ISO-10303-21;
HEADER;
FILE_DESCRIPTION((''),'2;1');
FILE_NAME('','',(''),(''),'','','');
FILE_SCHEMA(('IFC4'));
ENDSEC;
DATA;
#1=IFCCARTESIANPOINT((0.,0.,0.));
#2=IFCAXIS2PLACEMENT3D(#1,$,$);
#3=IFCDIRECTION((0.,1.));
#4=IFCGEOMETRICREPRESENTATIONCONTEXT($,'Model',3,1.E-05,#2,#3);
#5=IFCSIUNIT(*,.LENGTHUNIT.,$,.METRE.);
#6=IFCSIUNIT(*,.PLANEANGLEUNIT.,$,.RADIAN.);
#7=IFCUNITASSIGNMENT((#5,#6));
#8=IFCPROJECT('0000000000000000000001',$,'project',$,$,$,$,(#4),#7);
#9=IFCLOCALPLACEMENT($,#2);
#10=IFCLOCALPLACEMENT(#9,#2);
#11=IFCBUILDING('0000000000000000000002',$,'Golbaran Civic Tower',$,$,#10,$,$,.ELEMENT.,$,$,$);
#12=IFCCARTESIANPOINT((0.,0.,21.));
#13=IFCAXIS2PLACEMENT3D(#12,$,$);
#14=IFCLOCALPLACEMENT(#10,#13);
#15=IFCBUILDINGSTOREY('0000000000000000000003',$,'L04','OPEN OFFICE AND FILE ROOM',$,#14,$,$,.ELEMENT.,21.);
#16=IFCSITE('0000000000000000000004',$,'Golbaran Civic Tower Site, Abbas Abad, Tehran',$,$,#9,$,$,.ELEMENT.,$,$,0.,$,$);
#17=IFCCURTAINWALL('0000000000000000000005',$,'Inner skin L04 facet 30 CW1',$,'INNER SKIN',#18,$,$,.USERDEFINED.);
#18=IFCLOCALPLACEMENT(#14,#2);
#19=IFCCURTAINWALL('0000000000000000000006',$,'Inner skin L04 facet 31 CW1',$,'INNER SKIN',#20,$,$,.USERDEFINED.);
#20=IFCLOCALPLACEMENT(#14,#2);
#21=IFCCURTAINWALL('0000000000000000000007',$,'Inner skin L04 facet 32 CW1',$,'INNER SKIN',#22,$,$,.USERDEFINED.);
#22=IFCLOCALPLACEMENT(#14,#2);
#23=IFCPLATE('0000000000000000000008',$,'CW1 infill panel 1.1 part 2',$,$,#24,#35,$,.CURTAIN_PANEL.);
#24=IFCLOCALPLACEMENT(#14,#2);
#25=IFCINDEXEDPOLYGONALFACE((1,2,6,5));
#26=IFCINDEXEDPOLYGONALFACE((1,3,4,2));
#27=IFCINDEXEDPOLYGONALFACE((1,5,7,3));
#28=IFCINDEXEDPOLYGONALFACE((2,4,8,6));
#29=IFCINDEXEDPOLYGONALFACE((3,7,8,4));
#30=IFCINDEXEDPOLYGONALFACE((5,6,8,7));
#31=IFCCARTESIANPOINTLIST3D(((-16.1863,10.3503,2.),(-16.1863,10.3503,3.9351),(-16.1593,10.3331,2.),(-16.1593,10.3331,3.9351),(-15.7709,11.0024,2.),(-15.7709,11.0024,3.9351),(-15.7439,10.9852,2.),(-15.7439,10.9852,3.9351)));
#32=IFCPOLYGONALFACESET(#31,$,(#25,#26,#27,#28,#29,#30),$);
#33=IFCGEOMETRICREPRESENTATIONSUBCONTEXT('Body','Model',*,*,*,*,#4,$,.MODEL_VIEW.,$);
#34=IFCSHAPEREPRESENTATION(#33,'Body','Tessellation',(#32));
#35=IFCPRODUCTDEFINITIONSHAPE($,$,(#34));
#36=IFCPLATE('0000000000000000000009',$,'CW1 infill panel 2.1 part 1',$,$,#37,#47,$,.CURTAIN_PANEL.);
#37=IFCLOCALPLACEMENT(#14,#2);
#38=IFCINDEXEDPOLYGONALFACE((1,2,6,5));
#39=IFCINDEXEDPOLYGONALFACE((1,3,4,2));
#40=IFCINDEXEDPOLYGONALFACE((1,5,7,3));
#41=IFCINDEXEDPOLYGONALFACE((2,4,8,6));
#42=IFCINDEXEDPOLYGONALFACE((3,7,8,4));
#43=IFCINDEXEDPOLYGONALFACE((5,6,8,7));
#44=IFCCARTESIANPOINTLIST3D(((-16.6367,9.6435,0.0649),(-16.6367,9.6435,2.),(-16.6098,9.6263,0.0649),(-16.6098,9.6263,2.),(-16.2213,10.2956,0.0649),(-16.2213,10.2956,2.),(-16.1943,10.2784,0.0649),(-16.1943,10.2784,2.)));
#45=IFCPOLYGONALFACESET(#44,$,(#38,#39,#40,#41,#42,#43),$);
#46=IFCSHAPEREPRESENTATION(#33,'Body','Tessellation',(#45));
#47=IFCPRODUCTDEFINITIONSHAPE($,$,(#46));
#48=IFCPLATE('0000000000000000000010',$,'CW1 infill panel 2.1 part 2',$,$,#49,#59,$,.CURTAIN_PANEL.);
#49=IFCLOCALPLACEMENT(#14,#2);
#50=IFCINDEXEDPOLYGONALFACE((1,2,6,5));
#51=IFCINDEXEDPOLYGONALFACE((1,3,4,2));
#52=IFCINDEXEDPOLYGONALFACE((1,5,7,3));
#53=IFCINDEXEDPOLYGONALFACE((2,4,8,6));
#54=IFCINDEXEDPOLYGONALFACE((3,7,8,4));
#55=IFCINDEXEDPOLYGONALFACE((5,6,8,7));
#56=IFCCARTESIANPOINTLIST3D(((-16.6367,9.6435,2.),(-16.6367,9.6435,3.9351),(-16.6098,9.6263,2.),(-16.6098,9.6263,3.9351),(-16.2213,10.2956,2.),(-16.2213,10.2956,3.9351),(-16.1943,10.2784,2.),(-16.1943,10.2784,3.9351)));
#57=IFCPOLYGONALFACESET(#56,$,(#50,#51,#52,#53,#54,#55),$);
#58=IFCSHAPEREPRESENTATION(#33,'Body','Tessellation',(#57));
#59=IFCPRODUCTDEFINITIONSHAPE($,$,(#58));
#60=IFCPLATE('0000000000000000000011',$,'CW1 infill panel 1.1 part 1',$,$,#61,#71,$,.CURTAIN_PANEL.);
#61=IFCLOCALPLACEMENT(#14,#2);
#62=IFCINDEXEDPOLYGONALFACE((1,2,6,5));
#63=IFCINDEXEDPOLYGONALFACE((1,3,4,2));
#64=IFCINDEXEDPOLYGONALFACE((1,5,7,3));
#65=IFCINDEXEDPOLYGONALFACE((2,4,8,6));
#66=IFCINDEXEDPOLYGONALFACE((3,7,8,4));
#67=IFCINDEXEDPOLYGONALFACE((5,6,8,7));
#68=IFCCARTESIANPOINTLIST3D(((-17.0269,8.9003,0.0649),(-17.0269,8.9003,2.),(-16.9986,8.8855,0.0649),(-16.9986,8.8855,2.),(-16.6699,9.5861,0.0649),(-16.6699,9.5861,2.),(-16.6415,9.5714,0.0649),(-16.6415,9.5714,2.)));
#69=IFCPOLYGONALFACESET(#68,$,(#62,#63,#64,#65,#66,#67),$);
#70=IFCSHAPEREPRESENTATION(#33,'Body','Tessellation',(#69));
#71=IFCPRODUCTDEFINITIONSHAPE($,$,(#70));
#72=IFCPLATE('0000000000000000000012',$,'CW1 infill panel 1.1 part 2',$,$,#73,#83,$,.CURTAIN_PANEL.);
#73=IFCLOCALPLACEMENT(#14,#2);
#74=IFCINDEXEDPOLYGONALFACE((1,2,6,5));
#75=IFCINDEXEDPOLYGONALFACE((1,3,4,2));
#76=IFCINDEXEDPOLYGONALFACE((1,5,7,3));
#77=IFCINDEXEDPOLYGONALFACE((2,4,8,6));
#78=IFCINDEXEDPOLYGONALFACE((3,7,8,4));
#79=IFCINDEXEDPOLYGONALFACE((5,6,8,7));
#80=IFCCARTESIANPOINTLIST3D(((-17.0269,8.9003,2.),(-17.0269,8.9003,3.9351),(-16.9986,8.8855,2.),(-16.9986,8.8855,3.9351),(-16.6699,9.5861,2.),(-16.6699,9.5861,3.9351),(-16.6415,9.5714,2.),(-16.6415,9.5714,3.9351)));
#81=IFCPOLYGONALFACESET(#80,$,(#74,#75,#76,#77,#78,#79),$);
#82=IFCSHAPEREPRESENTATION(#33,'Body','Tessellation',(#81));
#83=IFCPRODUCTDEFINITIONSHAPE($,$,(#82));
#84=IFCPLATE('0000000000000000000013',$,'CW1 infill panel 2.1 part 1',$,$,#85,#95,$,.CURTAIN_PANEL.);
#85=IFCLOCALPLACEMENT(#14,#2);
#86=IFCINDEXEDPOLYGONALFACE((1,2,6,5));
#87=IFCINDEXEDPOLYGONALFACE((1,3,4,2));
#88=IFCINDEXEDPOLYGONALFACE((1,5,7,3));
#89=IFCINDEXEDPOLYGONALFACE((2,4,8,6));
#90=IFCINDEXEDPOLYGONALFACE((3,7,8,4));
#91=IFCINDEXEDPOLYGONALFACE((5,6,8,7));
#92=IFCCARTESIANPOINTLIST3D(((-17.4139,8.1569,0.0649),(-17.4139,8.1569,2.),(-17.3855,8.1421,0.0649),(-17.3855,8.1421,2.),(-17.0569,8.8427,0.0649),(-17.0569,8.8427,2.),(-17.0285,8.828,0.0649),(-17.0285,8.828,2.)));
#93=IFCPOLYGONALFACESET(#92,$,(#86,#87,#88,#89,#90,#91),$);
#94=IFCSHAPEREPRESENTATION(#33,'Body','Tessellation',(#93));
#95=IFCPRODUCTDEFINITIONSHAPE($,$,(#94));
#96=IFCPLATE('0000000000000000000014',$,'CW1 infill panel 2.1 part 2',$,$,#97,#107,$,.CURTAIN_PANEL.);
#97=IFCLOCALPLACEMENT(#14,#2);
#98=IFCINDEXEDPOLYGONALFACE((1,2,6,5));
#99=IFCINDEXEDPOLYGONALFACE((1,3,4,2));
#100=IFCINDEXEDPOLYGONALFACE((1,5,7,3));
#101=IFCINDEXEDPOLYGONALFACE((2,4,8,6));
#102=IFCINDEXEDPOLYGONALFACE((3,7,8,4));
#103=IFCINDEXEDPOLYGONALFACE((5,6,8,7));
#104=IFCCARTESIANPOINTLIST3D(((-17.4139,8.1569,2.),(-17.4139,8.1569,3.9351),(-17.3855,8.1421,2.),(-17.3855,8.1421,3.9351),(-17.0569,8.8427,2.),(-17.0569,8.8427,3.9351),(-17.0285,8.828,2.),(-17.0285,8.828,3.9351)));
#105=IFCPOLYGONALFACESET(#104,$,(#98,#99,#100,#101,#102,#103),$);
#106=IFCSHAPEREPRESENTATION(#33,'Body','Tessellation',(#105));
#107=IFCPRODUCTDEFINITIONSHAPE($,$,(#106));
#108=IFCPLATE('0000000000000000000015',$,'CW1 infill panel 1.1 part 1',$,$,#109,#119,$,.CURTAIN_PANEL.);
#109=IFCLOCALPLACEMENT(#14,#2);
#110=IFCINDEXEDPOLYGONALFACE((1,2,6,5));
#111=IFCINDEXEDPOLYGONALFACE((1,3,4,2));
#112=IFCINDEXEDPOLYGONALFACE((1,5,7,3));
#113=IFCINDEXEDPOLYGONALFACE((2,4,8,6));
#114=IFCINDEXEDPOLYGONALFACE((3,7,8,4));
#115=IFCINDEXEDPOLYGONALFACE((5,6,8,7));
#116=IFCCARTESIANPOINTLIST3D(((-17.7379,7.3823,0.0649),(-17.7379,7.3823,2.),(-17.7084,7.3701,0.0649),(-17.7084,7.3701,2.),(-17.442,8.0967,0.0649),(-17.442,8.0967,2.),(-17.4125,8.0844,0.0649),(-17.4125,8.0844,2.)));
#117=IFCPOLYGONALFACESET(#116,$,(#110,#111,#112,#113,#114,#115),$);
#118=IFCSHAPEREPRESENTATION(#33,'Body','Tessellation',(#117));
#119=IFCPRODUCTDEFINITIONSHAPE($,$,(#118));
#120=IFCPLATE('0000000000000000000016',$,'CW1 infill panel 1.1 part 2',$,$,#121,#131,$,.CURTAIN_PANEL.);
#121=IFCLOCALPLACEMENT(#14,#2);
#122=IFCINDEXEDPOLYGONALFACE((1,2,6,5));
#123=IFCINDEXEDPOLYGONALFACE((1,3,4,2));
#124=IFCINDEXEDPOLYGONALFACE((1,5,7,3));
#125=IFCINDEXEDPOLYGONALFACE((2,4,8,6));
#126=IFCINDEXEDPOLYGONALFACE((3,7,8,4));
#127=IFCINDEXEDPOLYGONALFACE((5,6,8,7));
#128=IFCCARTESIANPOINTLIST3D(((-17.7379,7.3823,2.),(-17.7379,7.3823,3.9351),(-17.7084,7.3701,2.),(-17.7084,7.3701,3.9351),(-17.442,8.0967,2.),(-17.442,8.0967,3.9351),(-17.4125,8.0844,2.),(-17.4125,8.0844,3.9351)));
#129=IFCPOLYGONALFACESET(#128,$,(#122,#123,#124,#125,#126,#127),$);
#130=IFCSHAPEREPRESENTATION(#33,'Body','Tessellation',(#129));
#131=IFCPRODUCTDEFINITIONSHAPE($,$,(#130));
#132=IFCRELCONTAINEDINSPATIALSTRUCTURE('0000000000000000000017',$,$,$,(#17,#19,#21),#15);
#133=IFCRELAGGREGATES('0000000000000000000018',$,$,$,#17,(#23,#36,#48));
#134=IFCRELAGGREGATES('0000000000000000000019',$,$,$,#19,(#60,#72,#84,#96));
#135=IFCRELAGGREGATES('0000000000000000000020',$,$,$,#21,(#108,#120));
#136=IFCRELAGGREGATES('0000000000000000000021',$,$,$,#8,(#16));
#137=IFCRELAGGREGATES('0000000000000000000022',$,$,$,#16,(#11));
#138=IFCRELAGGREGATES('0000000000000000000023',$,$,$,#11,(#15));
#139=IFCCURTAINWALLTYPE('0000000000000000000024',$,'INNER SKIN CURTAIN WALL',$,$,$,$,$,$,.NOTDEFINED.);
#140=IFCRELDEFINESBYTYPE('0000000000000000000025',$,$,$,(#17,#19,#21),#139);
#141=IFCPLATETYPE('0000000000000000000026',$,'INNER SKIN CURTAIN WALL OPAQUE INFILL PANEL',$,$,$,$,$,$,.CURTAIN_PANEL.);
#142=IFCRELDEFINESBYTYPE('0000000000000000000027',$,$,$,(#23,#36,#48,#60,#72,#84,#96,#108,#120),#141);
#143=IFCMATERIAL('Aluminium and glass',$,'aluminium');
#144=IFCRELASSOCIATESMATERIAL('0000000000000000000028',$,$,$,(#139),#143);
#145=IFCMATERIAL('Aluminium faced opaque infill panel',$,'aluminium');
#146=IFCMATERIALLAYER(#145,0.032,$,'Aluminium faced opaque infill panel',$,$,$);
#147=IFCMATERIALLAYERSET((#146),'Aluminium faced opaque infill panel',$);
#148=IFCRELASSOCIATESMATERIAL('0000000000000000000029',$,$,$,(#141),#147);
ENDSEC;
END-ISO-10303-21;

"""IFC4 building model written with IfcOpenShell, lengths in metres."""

from ifc_helpers import new_model, si_unit, direction, frame, origin, origin_2d, place, context, subcontext, project, spatial, rectangle, extrude, material, layer, layer_set, type_object, element, aggregate, save


model = new_model("IFC4")

# Units and contexts
model_context = context("Model", 3, precision=1e-05, world=origin(), true_north=direction((0.0, 1.0)))
body_context = subcontext(model_context, "Body", "Model", "MODEL_VIEW")
ifc_project = project(units=[si_unit("LENGTHUNIT", "METRE"), si_unit("PLANEANGLEUNIT", "RADIAN")], contexts=[model_context])

# Site, building, storey
site_placement = place(None, origin())
site = spatial("IfcSite", under=ifc_project, at=site_placement, Name="Golbaran Civic Tower Site, Abbas Abad, Tehran", CompositionType="ELEMENT", RefElevation=0.0)
building_placement = place(site_placement, origin())
building = spatial("IfcBuilding", under=site, at=building_placement, Name="Golbaran Civic Tower", CompositionType="ELEMENT")
storey_placement = place(building_placement, frame((0.0, 0.0, 21.0)))
storey = spatial("IfcBuildingStorey", under=building, at=storey_placement, Name="L04", Description="OPEN OFFICE AND FILE ROOM", CompositionType="ELEMENT", Elevation=21.0)

# Curtain walls
ifc_material_1 = material(Name="Aluminium and glass", Category="aluminium")
curtain_wall_type = type_object("IfcCurtainWallType", Name="INNER SKIN CURTAIN WALL", PredefinedType="NOTDEFINED", material=ifc_material_1)
curtain_wall_1_placement = place(storey_placement, origin())
curtain_wall_1 = element("IfcCurtainWall", 1, at=curtain_wall_1_placement, inside=storey, type_object=curtain_wall_type, Name="Inner skin L04 facet 30 CW1", ObjectType="INNER SKIN", PredefinedType="USERDEFINED")
curtain_wall_2_placement = place(storey_placement, origin())
curtain_wall_2 = element("IfcCurtainWall", 2, at=curtain_wall_2_placement, inside=storey, type_object=curtain_wall_type, Name="Inner skin L04 facet 31 CW1", ObjectType="INNER SKIN", PredefinedType="USERDEFINED")

# Curtain wall
curtain_wall_3_placement = place(storey_placement, origin())
curtain_wall_3 = element("IfcCurtainWall", 3, at=curtain_wall_3_placement, inside=storey, type_object=curtain_wall_type, Name="Inner skin L04 facet 32 CW1", ObjectType="INNER SKIN", PredefinedType="USERDEFINED")

# Plates
ifc_material_2 = material(Name="Aluminium faced opaque infill panel", Category="aluminium")
ifc_layer_1 = layer(ifc_material_2, 0.032, Name="Aluminium faced opaque infill panel")
ifc_layer_set_1 = layer_set([ifc_layer_1], Name="Aluminium faced opaque infill panel")
plate_type_1 = type_object("IfcPlateType", Name="INNER SKIN CURTAIN WALL OPAQUE INFILL PANEL", PredefinedType="CURTAIN_PANEL", material=ifc_layer_set_1)
plate_1_placement = place(storey_placement, frame((-15.9651, 10.6677, 2.0), z_axis=(0.0, 0.0, 1.0), x_axis=(-0.5373, -0.843391, 0.0)))
plate_1 = element("IfcPlate", 4, at=plate_1_placement, type_object=plate_type_1, Name="CW1 infill panel 1.1 part 2", PredefinedType="CURTAIN_PANEL", context=body_context, shape_type="SweptSolid", body=[
    extrude(rectangle(XDim=0.7732, YDim=0.032, at=origin_2d()), origin(), (0.0, 0.0, 1.0), 1.9351),
])
plate_2_placement = place(storey_placement, frame((-16.4155, 9.9609, 0.0649), z_axis=(0.0, 0.0, 1.0), x_axis=(-0.5373, -0.843391, 0.0)))
plate_2 = element("IfcPlate", 5, at=plate_2_placement, type_object=plate_type_1, Name="CW1 infill panel 2.1 part 1", PredefinedType="CURTAIN_PANEL", context=body_context, shape_type="SweptSolid", body=[
    extrude(rectangle(XDim=0.7732, YDim=0.032, at=origin_2d()), origin(), (0.0, 0.0, 1.0), 1.9351),
])
plate_3_placement = place(storey_placement, frame((-16.4155, 9.9609, 2.0), z_axis=(0.0, 0.0, 1.0), x_axis=(-0.5373, -0.843391, 0.0)))
plate_3 = element("IfcPlate", 6, at=plate_3_placement, type_object=plate_type_1, Name="CW1 infill panel 2.1 part 2", PredefinedType="CURTAIN_PANEL", context=body_context, shape_type="SweptSolid", body=[
    extrude(rectangle(XDim=0.7732, YDim=0.032, at=origin_2d()), origin(), (0.0, 0.0, 1.0), 1.9351),
])
aggregate(curtain_wall_1, [plate_1, plate_2, plate_3])
plate_4_placement = place(storey_placement, frame((-16.8342, 9.2358, 0.0649), z_axis=(0.0, 0.0, 1.0), x_axis=(-0.461749, -0.887011, 0.0)))
plate_4 = element("IfcPlate", 7, at=plate_4_placement, type_object=plate_type_1, Name="CW1 infill panel 1.1 part 1", PredefinedType="CURTAIN_PANEL", context=body_context, shape_type="SweptSolid", body=[
    extrude(rectangle(XDim=0.7732, YDim=0.032, at=origin_2d()), origin(), (0.0, 0.0, 1.0), 1.9351),
])
plate_5_placement = place(storey_placement, frame((-16.8342, 9.2358, 2.0), z_axis=(0.0, 0.0, 1.0), x_axis=(-0.461749, -0.887011, 0.0)))
plate_5 = element("IfcPlate", 8, at=plate_5_placement, type_object=plate_type_1, Name="CW1 infill panel 1.1 part 2", PredefinedType="CURTAIN_PANEL", context=body_context, shape_type="SweptSolid", body=[
    extrude(rectangle(XDim=0.7732, YDim=0.032, at=origin_2d()), origin(), (0.0, 0.0, 1.0), 1.9351),
])
plate_6_placement = place(storey_placement, frame((-17.2212, 8.4924, 0.0649), z_axis=(0.0, 0.0, 1.0), x_axis=(-0.461749, -0.887011, 0.0)))
plate_6 = element("IfcPlate", 9, at=plate_6_placement, type_object=plate_type_1, Name="CW1 infill panel 2.1 part 1", PredefinedType="CURTAIN_PANEL", context=body_context, shape_type="SweptSolid", body=[
    extrude(rectangle(XDim=0.7732, YDim=0.032, at=origin_2d()), origin(), (0.0, 0.0, 1.0), 1.9351),
])
plate_7_placement = place(storey_placement, frame((-17.2212, 8.4924, 2.0), z_axis=(0.0, 0.0, 1.0), x_axis=(-0.461749, -0.887011, 0.0)))
plate_7 = element("IfcPlate", 10, at=plate_7_placement, type_object=plate_type_1, Name="CW1 infill panel 2.1 part 2", PredefinedType="CURTAIN_PANEL", context=body_context, shape_type="SweptSolid", body=[
    extrude(rectangle(XDim=0.7732, YDim=0.032, at=origin_2d()), origin(), (0.0, 0.0, 1.0), 1.9351),
])
aggregate(curtain_wall_2, [plate_4, plate_5, plate_6, plate_7])
plate_8_placement = place(storey_placement, frame((-17.5752, 7.7334, 0.0649), z_axis=(0.0, 0.0, 1.0), x_axis=(-0.382683, -0.92388, 0.0)))
plate_8 = element("IfcPlate", 11, at=plate_8_placement, type_object=plate_type_1, Name="CW1 infill panel 1.1 part 1", PredefinedType="CURTAIN_PANEL", context=body_context, shape_type="SweptSolid", body=[
    extrude(rectangle(XDim=0.7732, YDim=0.032, at=origin_2d()), origin(), (0.0, 0.0, 1.0), 1.9351),
])
plate_9_placement = place(storey_placement, frame((-17.5752, 7.7334, 2.0), z_axis=(0.0, 0.0, 1.0), x_axis=(-0.382683, -0.92388, 0.0)))
plate_9 = element("IfcPlate", 12, at=plate_9_placement, type_object=plate_type_1, Name="CW1 infill panel 1.1 part 2", PredefinedType="CURTAIN_PANEL", context=body_context, shape_type="SweptSolid", body=[
    extrude(rectangle(XDim=0.7732, YDim=0.032, at=origin_2d()), origin(), (0.0, 0.0, 1.0), 1.9351),
])
aggregate(curtain_wall_3, [plate_8, plate_9])

save(model, "model.ifc")
